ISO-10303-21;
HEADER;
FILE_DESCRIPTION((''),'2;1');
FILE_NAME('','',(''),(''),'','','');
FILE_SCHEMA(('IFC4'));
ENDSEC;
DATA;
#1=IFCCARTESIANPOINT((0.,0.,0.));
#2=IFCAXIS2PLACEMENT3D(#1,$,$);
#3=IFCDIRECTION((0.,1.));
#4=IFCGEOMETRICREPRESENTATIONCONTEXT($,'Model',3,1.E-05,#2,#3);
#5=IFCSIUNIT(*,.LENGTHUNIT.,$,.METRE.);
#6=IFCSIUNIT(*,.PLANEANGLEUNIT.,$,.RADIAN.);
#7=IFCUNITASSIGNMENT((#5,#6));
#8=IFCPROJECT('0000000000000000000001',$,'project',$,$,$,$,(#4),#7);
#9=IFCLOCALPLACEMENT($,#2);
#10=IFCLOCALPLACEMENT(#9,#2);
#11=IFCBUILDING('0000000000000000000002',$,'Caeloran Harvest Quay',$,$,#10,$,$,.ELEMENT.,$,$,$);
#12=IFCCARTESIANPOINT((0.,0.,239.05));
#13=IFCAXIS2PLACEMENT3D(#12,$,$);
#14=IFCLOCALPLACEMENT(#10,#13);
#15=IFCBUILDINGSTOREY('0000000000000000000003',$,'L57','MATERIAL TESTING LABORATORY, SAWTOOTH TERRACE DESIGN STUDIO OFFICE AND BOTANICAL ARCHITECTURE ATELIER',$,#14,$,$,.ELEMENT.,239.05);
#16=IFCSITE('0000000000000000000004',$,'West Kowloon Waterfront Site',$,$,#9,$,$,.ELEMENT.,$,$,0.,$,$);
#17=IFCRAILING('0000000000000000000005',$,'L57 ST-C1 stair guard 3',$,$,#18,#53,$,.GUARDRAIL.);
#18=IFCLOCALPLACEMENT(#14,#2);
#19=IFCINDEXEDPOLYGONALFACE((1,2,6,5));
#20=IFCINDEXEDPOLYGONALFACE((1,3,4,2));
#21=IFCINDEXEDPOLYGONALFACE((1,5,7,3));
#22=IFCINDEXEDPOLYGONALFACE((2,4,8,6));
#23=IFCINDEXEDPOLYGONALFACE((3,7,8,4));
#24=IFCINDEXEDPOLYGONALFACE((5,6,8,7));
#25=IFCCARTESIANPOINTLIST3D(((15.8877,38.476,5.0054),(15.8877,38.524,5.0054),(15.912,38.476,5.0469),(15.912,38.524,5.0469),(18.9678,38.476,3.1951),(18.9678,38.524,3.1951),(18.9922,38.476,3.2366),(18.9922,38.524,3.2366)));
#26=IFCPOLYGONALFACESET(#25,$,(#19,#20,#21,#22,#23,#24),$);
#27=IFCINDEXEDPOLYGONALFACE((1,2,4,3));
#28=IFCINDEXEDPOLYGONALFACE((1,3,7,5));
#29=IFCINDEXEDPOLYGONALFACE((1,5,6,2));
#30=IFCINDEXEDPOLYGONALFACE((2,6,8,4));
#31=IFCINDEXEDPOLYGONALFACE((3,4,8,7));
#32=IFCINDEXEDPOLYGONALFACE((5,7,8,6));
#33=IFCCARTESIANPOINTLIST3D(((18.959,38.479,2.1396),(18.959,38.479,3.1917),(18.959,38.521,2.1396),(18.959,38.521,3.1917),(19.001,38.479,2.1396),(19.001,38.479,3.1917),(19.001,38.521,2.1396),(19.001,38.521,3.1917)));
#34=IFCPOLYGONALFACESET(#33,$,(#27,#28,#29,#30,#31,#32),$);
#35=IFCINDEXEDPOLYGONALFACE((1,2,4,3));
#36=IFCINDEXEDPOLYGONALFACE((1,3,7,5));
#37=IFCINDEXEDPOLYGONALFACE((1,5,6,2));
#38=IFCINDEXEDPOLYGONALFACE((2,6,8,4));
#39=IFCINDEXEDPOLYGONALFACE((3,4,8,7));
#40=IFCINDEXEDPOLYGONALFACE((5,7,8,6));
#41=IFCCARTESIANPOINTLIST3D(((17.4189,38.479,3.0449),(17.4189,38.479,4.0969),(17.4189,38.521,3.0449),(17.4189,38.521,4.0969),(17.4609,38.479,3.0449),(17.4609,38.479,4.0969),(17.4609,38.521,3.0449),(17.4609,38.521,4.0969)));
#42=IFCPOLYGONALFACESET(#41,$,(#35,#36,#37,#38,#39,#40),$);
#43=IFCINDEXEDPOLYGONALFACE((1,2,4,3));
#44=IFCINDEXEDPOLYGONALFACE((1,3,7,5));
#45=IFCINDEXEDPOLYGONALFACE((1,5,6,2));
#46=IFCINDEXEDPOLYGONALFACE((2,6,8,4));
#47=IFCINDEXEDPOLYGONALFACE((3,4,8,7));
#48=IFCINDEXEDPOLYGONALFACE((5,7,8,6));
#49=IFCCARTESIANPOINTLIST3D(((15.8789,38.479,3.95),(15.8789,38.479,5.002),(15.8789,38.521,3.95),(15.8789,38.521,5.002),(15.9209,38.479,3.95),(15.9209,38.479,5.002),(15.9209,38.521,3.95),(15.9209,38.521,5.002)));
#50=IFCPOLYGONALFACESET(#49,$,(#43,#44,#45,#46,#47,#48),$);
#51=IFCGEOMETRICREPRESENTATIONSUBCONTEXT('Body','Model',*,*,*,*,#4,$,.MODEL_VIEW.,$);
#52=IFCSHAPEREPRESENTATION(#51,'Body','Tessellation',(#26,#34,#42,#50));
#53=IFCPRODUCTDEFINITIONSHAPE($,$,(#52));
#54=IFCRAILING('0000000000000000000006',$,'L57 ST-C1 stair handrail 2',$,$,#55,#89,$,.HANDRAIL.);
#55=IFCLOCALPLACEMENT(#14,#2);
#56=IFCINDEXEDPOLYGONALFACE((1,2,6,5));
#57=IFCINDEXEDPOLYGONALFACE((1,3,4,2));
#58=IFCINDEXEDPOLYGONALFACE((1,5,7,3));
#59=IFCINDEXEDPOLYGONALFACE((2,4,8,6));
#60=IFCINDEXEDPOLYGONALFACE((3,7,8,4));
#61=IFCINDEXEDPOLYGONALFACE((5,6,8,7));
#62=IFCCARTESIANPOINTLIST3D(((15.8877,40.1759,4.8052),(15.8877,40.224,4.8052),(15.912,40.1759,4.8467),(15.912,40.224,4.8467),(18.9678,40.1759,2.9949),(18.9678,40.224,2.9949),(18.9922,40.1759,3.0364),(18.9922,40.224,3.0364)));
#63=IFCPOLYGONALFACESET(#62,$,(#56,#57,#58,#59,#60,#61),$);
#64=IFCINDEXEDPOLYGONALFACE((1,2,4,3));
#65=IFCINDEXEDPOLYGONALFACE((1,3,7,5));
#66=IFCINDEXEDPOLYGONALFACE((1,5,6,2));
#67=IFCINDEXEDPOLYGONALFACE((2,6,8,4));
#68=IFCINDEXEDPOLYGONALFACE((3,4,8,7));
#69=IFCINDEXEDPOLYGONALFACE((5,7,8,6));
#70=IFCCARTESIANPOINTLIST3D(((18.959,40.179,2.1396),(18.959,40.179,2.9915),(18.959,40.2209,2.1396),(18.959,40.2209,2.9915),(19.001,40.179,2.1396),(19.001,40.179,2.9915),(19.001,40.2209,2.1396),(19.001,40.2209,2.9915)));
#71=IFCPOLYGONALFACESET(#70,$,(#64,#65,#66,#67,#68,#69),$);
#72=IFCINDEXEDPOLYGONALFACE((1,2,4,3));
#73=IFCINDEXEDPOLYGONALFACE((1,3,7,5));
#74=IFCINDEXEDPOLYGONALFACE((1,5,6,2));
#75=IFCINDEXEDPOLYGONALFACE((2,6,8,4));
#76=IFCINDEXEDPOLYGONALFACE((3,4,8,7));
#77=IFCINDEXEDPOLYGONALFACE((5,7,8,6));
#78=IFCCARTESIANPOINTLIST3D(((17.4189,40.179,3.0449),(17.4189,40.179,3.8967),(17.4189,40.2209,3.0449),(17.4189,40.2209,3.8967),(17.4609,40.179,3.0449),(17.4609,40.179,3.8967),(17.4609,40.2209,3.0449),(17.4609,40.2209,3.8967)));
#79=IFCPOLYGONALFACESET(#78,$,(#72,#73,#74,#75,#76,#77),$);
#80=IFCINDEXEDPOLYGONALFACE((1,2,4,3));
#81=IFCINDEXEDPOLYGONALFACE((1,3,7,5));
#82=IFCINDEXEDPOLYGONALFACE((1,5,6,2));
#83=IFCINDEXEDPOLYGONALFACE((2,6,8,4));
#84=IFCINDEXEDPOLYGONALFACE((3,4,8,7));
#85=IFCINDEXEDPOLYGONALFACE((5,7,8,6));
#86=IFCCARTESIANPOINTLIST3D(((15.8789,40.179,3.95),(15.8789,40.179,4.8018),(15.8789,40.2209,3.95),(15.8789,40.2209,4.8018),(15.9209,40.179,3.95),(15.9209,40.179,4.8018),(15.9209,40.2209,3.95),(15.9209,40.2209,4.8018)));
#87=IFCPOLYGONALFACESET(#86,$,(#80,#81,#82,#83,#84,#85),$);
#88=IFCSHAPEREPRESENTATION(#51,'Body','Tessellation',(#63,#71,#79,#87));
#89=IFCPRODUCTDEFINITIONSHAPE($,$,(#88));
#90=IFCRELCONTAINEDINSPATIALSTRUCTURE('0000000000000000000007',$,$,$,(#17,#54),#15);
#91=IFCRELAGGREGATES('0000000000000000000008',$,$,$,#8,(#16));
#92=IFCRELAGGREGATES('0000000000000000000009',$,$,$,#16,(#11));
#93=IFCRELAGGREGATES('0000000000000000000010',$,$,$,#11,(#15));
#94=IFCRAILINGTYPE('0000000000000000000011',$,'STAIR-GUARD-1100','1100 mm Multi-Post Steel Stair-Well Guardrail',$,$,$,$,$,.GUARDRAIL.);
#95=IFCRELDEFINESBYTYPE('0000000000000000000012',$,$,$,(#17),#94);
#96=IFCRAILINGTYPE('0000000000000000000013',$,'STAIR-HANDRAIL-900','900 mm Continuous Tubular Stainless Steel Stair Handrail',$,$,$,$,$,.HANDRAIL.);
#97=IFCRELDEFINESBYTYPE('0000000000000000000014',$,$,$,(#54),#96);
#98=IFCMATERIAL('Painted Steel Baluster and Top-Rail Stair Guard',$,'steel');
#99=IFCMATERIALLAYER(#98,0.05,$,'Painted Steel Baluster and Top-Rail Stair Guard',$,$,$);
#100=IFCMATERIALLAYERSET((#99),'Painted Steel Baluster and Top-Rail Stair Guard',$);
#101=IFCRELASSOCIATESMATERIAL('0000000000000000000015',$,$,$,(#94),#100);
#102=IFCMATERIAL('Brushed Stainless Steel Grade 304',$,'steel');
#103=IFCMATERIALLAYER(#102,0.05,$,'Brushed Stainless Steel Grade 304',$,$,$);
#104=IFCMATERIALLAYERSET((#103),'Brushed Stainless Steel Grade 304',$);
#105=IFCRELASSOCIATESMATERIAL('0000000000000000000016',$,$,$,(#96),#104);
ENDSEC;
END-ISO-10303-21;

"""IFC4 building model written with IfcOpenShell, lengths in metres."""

from ifc_helpers import new_model, si_unit, direction, frame, origin, origin_2d, place, context, subcontext, project, spatial, rectangle, extrude, material, layer, layer_set, type_object, element, save


model = new_model("IFC4")

# Units and contexts
model_context = context("Model", 3, precision=1e-05, world=origin(), true_north=direction((0.0, 1.0)))
body_context = subcontext(model_context, "Body", "Model", "MODEL_VIEW")
ifc_project = project(units=[si_unit("LENGTHUNIT", "METRE"), si_unit("PLANEANGLEUNIT", "RADIAN")], contexts=[model_context])

# Site, building, storey
site_placement = place(None, origin())
site = spatial("IfcSite", under=ifc_project, at=site_placement, Name="West Kowloon Waterfront Site", CompositionType="ELEMENT", RefElevation=0.0)
building_placement = place(site_placement, origin())
building = spatial("IfcBuilding", under=site, at=building_placement, Name="Caeloran Harvest Quay", CompositionType="ELEMENT")
storey_placement = place(building_placement, frame((0.0, 0.0, 239.05)))
storey = spatial("IfcBuildingStorey", under=building, at=storey_placement, Name="L57", Description="MATERIAL TESTING LABORATORY, SAWTOOTH TERRACE DESIGN STUDIO OFFICE AND BOTANICAL ARCHITECTURE ATELIER", CompositionType="ELEMENT", Elevation=239.05)

# Railings
ifc_material_1 = material(Name="Painted Steel Baluster and Top-Rail Stair Guard", Category="steel")
ifc_layer_1 = layer(ifc_material_1, 0.05, Name="Painted Steel Baluster and Top-Rail Stair Guard")
ifc_layer_set_1 = layer_set([ifc_layer_1], Name="Painted Steel Baluster and Top-Rail Stair Guard")
railing_type_1 = type_object("IfcRailingType", Name="STAIR-GUARD-1100", Description="1100 mm Multi-Post Steel Stair-Well Guardrail", PredefinedType="GUARDRAIL", material=ifc_layer_set_1)
railing_1_placement = place(storey_placement, frame((18.98, 38.5, 2.1396)))
element("IfcRailing", 1, at=railing_1_placement, inside=storey, type_object=railing_type_1, Name="L57 ST-C1 stair guard 3", PredefinedType="GUARDRAIL", context=body_context, shape_type="SweptSolid", body=[
    extrude(rectangle(XDim=0.0481, YDim=0.0481, at=origin_2d()), frame((0.0, 0.0, 1.0762), z_axis=(-0.862119, 0.0, 0.506707), x_axis=(0.0, -1.0, 0.0)), (0.0, 0.0, 1.0), 3.5728),
    extrude(rectangle(XDim=0.042, YDim=0.042, at=origin_2d()), origin(), (0.0, 0.0, 1.0), 1.052),
    extrude(rectangle(XDim=0.042, YDim=0.042, at=origin_2d()), frame((-1.54, 0.0, 0.9053)), (0.0, 0.0, 1.0), 1.052),
    extrude(rectangle(XDim=0.042, YDim=0.042, at=origin_2d()), frame((-3.0801, 0.0, 1.8103)), (0.0, 0.0, 1.0), 1.052),
])
ifc_material_2 = material(Name="Brushed Stainless Steel Grade 304", Category="steel")
ifc_layer_2 = layer(ifc_material_2, 0.05, Name="Brushed Stainless Steel Grade 304")
ifc_layer_set_2 = layer_set([ifc_layer_2], Name="Brushed Stainless Steel Grade 304")
railing_type_2 = type_object("IfcRailingType", Name="STAIR-HANDRAIL-900", Description="900 mm Continuous Tubular Stainless Steel Stair Handrail", PredefinedType="HANDRAIL", material=ifc_layer_set_2)
railing_2_placement = place(storey_placement, frame((18.98, 40.2, 2.1396)))
element("IfcRailing", 2, at=railing_2_placement, inside=storey, type_object=railing_type_2, Name="L57 ST-C1 stair handrail 2", PredefinedType="HANDRAIL", context=body_context, shape_type="SweptSolid", body=[
    extrude(rectangle(XDim=0.0481, YDim=0.0481, at=origin_2d()), frame((0.0, 0.0, 0.876), z_axis=(-0.862119, 0.0, 0.506707), x_axis=(0.0, -1.0, 0.0)), (0.0, 0.0, 1.0), 3.5728),
    extrude(rectangle(XDim=0.042, YDim=0.042, at=origin_2d()), origin(), (0.0, 0.0, 1.0), 0.8518),
    extrude(rectangle(XDim=0.042, YDim=0.042, at=origin_2d()), frame((-1.54, 0.0, 0.9053)), (0.0, 0.0, 1.0), 0.8518),
    extrude(rectangle(XDim=0.042, YDim=0.042, at=origin_2d()), frame((-3.0801, 0.0, 1.8103)), (0.0, 0.0, 1.0), 0.8518),
])

save(model, "model.ifc")
